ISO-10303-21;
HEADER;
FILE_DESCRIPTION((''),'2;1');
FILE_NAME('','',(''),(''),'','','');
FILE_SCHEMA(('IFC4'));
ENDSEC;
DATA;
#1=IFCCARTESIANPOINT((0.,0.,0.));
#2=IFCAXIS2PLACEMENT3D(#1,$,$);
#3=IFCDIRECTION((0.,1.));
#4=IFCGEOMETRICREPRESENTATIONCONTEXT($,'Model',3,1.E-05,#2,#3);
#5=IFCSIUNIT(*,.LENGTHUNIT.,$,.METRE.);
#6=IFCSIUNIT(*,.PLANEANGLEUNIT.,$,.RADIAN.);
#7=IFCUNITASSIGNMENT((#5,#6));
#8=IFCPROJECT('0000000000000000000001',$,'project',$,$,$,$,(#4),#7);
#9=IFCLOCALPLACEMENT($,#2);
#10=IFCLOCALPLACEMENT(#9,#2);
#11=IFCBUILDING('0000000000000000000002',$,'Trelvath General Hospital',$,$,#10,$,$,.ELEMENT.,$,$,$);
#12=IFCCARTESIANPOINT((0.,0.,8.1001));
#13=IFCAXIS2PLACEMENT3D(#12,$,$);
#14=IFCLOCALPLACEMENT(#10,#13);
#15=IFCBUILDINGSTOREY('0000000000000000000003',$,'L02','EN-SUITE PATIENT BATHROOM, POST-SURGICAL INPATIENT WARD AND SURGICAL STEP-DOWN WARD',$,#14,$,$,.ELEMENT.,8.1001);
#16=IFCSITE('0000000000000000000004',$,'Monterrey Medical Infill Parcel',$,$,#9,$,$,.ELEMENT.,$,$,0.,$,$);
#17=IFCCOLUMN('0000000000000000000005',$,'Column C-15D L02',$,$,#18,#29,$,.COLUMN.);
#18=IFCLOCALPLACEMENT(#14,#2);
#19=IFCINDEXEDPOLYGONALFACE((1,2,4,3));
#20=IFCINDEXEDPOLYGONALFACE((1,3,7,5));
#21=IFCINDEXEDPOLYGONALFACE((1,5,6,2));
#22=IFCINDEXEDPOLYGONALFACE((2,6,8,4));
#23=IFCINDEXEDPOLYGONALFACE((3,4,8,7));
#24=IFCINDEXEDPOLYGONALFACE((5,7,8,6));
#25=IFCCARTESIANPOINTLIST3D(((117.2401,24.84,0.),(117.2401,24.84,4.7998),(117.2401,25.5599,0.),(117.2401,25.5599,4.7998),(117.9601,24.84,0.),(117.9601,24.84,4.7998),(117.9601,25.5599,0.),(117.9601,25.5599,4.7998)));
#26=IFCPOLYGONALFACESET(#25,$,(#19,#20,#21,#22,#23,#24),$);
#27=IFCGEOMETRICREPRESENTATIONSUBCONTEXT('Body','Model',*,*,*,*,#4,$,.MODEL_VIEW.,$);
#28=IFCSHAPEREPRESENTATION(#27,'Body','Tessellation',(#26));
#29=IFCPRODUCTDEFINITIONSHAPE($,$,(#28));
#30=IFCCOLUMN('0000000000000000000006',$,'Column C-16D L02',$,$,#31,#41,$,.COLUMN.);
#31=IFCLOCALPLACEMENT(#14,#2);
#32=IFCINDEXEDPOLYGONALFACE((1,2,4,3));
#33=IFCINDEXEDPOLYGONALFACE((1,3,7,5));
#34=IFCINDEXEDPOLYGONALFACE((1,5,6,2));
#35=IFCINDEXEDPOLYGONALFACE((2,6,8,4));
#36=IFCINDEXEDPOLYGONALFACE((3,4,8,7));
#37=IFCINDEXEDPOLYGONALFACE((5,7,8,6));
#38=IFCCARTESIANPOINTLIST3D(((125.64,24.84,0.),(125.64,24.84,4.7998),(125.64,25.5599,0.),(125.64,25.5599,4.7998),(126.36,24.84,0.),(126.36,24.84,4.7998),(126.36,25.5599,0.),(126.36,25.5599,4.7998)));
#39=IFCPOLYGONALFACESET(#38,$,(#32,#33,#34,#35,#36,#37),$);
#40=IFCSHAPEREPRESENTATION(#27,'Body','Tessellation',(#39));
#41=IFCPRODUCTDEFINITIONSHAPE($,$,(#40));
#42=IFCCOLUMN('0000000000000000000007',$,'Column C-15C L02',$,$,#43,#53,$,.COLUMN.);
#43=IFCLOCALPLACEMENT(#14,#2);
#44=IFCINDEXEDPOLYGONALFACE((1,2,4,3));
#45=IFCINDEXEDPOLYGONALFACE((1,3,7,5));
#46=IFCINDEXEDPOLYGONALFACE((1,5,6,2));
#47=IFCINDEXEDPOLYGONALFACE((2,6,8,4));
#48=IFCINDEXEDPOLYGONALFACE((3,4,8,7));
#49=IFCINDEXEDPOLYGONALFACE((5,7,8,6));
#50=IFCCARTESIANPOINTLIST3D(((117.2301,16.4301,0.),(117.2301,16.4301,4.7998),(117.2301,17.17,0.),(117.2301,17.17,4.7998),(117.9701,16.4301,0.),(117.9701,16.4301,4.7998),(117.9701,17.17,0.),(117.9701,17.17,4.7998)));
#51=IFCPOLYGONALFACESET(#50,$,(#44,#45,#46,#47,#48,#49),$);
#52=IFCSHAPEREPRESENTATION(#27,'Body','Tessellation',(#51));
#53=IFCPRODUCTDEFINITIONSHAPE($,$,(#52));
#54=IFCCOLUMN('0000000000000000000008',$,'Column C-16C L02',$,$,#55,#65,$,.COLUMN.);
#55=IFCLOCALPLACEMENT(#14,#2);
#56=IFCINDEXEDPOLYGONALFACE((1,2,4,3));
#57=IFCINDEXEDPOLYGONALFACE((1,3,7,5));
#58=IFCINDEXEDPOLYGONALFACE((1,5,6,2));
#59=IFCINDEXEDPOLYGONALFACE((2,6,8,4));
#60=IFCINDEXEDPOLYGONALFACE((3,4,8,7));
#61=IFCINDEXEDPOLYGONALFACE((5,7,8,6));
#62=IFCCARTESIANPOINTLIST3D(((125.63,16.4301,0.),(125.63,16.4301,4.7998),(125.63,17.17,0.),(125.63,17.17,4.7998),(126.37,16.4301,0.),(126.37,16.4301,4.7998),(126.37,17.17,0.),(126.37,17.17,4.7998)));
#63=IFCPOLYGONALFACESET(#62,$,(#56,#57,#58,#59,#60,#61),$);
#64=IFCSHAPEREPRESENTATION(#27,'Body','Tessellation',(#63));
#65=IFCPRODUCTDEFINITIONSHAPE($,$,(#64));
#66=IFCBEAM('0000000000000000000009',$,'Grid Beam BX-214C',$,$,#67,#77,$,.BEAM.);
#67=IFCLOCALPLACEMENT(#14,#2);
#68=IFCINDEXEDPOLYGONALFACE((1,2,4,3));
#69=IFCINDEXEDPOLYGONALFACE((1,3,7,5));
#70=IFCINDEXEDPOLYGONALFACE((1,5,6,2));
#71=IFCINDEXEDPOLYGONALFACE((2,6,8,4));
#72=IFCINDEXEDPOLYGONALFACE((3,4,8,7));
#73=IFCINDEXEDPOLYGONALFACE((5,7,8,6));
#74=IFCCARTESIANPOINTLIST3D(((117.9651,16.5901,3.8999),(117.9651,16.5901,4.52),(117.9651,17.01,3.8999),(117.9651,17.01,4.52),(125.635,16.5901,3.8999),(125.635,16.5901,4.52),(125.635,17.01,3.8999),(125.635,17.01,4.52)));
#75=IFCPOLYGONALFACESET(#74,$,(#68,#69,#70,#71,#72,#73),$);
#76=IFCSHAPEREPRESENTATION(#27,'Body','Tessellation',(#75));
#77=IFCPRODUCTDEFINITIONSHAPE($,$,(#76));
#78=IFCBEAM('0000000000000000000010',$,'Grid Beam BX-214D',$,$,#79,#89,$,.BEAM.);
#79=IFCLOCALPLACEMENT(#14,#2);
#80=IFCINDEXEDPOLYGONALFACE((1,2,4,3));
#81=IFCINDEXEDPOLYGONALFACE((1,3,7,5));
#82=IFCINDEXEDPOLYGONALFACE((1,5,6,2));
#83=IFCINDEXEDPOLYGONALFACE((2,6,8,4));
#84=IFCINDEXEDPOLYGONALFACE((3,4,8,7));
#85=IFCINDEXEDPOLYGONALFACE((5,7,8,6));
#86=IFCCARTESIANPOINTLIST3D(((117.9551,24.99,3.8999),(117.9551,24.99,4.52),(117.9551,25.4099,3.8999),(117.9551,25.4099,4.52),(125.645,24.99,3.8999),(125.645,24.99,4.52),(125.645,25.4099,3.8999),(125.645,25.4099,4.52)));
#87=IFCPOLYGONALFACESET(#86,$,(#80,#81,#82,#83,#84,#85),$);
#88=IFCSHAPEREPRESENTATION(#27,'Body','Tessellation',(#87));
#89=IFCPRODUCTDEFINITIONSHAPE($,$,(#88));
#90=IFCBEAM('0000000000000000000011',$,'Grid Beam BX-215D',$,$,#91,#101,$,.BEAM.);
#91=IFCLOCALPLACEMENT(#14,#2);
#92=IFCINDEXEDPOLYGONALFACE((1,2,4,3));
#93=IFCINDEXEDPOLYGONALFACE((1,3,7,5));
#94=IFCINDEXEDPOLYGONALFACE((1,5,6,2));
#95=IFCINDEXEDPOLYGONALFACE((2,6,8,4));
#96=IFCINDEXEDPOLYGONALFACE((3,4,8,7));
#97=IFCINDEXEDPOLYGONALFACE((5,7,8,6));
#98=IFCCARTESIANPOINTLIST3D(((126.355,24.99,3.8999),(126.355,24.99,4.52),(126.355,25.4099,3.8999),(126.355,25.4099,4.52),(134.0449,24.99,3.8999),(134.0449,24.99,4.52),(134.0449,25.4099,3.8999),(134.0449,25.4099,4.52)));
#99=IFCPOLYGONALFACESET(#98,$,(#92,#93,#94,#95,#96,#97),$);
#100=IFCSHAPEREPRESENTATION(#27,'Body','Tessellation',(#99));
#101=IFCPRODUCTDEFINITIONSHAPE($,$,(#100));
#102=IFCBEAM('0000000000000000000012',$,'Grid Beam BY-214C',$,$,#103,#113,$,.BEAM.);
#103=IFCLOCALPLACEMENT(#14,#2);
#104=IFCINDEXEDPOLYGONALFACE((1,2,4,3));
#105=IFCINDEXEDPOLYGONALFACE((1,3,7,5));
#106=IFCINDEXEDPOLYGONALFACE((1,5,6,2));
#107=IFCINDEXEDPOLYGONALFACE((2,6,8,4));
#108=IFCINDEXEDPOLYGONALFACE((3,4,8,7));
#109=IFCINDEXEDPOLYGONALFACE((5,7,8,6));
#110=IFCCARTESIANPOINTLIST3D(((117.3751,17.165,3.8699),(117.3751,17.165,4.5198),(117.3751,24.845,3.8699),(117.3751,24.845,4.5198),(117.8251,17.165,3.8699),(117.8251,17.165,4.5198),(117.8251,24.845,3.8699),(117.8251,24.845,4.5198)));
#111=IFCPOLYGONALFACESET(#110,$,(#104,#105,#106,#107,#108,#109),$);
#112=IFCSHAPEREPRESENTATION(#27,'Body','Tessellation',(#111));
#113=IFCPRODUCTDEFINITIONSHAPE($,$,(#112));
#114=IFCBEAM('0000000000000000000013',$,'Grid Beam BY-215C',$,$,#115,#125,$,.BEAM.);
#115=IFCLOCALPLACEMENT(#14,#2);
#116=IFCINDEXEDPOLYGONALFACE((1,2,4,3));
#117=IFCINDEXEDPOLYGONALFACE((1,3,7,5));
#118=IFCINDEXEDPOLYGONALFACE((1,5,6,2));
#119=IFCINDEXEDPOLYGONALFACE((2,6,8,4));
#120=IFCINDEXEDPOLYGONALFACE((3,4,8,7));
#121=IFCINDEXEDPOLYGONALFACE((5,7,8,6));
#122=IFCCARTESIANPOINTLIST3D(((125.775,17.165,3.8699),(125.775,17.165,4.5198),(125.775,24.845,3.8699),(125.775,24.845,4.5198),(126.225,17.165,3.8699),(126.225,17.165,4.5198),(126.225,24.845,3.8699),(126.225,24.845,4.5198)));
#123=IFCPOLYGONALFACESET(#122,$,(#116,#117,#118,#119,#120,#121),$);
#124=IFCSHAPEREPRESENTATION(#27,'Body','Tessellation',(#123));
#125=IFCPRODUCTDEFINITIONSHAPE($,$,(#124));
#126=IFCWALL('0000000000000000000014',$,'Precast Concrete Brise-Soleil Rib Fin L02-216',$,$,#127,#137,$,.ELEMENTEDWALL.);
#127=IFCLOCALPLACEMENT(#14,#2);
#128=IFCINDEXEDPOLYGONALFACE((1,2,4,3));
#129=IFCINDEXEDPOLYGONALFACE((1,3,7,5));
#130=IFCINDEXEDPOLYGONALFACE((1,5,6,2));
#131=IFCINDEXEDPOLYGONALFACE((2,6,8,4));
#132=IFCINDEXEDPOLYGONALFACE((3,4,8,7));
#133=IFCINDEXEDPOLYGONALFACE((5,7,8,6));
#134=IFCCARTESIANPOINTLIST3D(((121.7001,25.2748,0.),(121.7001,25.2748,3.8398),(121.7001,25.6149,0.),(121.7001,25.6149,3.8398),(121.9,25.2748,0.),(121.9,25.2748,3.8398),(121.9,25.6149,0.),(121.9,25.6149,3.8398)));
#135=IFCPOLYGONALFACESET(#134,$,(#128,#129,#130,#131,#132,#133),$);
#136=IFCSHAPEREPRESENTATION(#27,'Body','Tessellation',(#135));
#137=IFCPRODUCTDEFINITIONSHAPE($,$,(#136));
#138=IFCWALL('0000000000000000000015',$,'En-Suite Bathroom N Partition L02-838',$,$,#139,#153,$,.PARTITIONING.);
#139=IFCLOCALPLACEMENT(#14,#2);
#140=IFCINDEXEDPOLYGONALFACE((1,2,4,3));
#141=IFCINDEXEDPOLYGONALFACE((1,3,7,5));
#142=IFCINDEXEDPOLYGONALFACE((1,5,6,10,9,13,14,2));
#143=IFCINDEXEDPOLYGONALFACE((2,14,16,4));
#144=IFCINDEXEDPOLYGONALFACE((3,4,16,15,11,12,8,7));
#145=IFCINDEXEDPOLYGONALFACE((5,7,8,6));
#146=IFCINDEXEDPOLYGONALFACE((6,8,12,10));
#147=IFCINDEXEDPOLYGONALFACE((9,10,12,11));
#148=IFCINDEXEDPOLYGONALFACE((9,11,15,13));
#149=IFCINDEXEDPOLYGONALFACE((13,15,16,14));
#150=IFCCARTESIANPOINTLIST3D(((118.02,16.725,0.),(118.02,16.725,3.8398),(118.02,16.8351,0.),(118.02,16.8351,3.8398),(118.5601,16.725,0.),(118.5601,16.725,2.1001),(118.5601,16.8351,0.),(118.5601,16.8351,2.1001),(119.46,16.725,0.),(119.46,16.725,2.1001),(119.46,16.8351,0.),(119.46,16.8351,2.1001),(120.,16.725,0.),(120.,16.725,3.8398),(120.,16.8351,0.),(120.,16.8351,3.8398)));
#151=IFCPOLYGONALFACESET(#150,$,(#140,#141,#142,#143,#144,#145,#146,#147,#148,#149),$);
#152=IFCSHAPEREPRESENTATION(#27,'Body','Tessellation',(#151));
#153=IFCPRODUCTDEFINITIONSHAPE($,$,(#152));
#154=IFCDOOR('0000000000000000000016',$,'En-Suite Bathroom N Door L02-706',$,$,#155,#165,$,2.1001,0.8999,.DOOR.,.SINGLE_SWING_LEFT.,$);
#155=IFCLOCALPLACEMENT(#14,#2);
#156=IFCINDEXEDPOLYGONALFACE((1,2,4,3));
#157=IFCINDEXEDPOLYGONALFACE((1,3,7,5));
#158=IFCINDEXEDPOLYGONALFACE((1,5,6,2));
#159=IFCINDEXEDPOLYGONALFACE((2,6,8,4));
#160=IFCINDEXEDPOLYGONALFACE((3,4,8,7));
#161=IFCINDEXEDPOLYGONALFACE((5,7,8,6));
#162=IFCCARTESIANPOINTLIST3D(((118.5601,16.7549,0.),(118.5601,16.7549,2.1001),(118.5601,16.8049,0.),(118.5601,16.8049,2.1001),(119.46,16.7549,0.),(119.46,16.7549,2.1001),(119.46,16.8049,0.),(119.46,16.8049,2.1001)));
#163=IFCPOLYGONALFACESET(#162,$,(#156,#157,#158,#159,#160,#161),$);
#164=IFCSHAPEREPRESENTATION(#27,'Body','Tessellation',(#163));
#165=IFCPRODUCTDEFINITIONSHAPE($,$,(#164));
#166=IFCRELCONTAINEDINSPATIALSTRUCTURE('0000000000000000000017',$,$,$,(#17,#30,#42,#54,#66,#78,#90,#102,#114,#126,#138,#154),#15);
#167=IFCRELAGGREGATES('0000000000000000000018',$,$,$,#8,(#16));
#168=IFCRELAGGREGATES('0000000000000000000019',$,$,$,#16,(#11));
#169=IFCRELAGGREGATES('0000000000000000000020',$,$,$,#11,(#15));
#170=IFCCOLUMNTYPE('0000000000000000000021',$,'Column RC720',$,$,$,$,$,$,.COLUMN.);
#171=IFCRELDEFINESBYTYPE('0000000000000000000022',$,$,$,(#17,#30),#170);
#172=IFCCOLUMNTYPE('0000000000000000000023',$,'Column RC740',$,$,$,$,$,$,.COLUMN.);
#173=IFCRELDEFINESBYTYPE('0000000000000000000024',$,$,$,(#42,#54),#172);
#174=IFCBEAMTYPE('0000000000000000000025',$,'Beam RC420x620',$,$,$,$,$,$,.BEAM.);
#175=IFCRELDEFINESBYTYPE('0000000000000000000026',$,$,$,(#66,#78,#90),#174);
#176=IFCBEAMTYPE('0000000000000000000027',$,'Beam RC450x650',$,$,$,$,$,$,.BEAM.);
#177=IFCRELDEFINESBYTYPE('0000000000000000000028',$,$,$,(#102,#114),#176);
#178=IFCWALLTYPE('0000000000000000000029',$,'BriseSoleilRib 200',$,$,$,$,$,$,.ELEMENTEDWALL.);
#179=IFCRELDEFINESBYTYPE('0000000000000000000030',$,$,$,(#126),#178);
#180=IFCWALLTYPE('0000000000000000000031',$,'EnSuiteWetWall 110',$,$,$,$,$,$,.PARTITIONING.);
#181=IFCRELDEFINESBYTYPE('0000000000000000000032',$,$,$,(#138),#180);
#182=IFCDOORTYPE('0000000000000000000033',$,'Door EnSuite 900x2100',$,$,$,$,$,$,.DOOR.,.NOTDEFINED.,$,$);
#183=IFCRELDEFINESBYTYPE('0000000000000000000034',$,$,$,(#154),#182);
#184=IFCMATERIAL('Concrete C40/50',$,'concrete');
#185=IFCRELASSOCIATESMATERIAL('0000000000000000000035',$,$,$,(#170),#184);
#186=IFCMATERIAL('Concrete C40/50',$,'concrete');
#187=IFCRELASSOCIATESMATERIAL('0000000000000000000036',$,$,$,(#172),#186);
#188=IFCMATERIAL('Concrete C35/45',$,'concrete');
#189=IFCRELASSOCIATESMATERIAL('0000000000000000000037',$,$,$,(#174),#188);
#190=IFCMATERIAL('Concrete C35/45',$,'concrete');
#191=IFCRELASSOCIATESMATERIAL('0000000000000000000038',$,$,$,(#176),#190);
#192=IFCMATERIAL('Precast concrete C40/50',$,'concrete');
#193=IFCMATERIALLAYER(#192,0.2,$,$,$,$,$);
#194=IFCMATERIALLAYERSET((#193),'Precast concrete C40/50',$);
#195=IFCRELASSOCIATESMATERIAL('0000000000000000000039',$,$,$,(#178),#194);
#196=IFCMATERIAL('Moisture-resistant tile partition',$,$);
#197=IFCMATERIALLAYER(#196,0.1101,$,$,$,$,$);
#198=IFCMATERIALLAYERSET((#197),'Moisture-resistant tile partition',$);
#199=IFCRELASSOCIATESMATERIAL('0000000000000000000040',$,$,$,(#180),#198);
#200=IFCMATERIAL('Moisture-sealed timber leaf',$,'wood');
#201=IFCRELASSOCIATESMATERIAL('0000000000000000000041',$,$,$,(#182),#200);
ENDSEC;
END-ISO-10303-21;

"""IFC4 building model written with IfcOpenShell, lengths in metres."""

from ifc_helpers import new_model, si_unit, direction, frame, frame_2d, origin, origin_2d, place, context, subcontext, project, spatial, rectangle, extrude, material, layer, layer_set, material_profile, profile_set, type_object, element, fill, save


model = new_model("IFC4")

# Units and contexts
model_context = context("Model", 3, precision=1e-05, world=origin(), true_north=direction((0.0, 1.0)))
body_context = subcontext(model_context, "Body", "Model", "MODEL_VIEW")
ifc_project = project(units=[si_unit("LENGTHUNIT", "METRE"), si_unit("PLANEANGLEUNIT", "RADIAN")], contexts=[model_context])

# Site, building, storey
site_placement = place(None, origin())
site = spatial("IfcSite", under=ifc_project, at=site_placement, Name="Monterrey Medical Infill Parcel", CompositionType="ELEMENT", RefElevation=0.0)
building_placement = place(site_placement, origin())
building = spatial("IfcBuilding", under=site, at=building_placement, Name="Trelvath General Hospital", CompositionType="ELEMENT")
storey_placement = place(building_placement, frame((0.0, 0.0, 8.1001)))
storey = spatial("IfcBuildingStorey", under=building, at=storey_placement, Name="L02", Description="EN-SUITE PATIENT BATHROOM, POST-SURGICAL INPATIENT WARD AND SURGICAL STEP-DOWN WARD", CompositionType="ELEMENT", Elevation=8.1001)

# Columns
ifc_material_1 = material(Name="Concrete C40/50", Category="concrete")
ifc_material_profile_1 = material_profile(ifc_material_1, rectangle(XDim=0.72, YDim=0.72, at=origin_2d()), Name="RC720x720")
ifc_profile_set_1 = profile_set([ifc_material_profile_1], Name="Concrete C40/50")
column_type_1 = type_object("IfcColumnType", Name="Column RC720", PredefinedType="COLUMN", material=ifc_profile_set_1)
for number, where, z_axis, x_axis, name in (
    (1, (117.6001, 25.2, 0.0), (0.0, 0.0, 1.0), (1.0, 0.0, 0.0), "Column C-15D L02"),
    (2, (126.0, 25.2, 0.0), (0.0, 0.0, 1.0), (1.0, 0.0, 0.0), "Column C-16D L02"),
):
    element("IfcColumn", number, at=place(storey_placement, frame(where, z_axis=z_axis, x_axis=x_axis)), inside=storey, type_object=column_type_1, Name=name, PredefinedType="COLUMN", context=body_context, shape_type="SweptSolid", body=[
        extrude(rectangle(XDim=0.72, YDim=0.72, at=origin_2d()), origin(), (0.0, 0.0, 1.0), 4.7998),
    ])
ifc_material_2 = material(Name="Concrete C40/50", Category="concrete")
ifc_material_profile_2 = material_profile(ifc_material_2, rectangle(XDim=0.74, YDim=0.74, at=origin_2d()), Name="RC740x740")
ifc_profile_set_2 = profile_set([ifc_material_profile_2], Name="Concrete C40/50")
column_type_2 = type_object("IfcColumnType", Name="Column RC740", PredefinedType="COLUMN", material=ifc_profile_set_2)
for number, where, z_axis, x_axis, name in (
    (3, (117.6001, 16.8, 0.0), (0.0, 0.0, 1.0), (1.0, 0.0, 0.0), "Column C-15C L02"),
    (4, (126.0, 16.8, 0.0), (0.0, 0.0, 1.0), (1.0, 0.0, 0.0), "Column C-16C L02"),
):
    element("IfcColumn", number, at=place(storey_placement, frame(where, z_axis=z_axis, x_axis=x_axis)), inside=storey, type_object=column_type_2, Name=name, PredefinedType="COLUMN", context=body_context, shape_type="SweptSolid", body=[
        extrude(rectangle(XDim=0.74, YDim=0.74, at=origin_2d()), origin(), (0.0, 0.0, 1.0), 4.7998),
    ])

# Beams
ifc_material_3 = material(Name="Concrete C35/45", Category="concrete")
ifc_material_profile_3 = material_profile(ifc_material_3, rectangle(XDim=0.4199, YDim=0.6201, at=origin_2d()), Name="RCB420x620")
ifc_profile_set_3 = profile_set([ifc_material_profile_3], Name="Concrete C35/45")
beam_type_1 = type_object("IfcBeamType", Name="Beam RC420x620", PredefinedType="BEAM", material=ifc_profile_set_3)
beam_placement = place(storey_placement, frame((117.9651, 16.8, 4.21), z_axis=(1.0, 0.0, 0.0), x_axis=(0.0, 1.0, 0.0)))
element("IfcBeam", 5, at=beam_placement, inside=storey, type_object=beam_type_1, Name="Grid Beam BX-214C", PredefinedType="BEAM", context=body_context, shape_type="SweptSolid", body=[
    extrude(rectangle(XDim=0.4199, YDim=0.6201, at=origin_2d()), origin(), (0.0, 0.0, 1.0), 7.6699),
])
for number, where, z_axis, x_axis, name in (
    (6, (117.9551, 25.2, 4.21), (1.0, 0.0, 0.0), (0.0, 1.0, 0.0), "Grid Beam BX-214D"),
    (7, (126.355, 25.2, 4.21), (1.0, 0.0, 0.0), (0.0, 1.0, 0.0), "Grid Beam BX-215D"),
):
    element("IfcBeam", number, at=place(storey_placement, frame(where, z_axis=z_axis, x_axis=x_axis)), inside=storey, type_object=beam_type_1, Name=name, PredefinedType="BEAM", context=body_context, shape_type="SweptSolid", body=[
        extrude(rectangle(XDim=0.4199, YDim=0.6201, at=origin_2d()), origin(), (0.0, 0.0, 1.0), 7.6899),
    ])
ifc_material_4 = material(Name="Concrete C35/45", Category="concrete")
ifc_material_profile_4 = material_profile(ifc_material_4, rectangle(XDim=0.45, YDim=0.6499, at=origin_2d()), Name="RCB450x650")
ifc_profile_set_4 = profile_set([ifc_material_profile_4], Name="Concrete C35/45")
beam_type_2 = type_object("IfcBeamType", Name="Beam RC450x650", PredefinedType="BEAM", material=ifc_profile_set_4)
for number, where, z_axis, x_axis, name in (
    (8, (117.6001, 17.165, 4.1948), (0.0, 1.0, 0.0), (-1.0, 0.0, 0.0), "Grid Beam BY-214C"),
    (9, (126.0, 17.165, 4.1948), (0.0, 1.0, 0.0), (-1.0, 0.0, 0.0), "Grid Beam BY-215C"),
):
    element("IfcBeam", number, at=place(storey_placement, frame(where, z_axis=z_axis, x_axis=x_axis)), inside=storey, type_object=beam_type_2, Name=name, PredefinedType="BEAM", context=body_context, shape_type="SweptSolid", body=[
        extrude(rectangle(XDim=0.45, YDim=0.6499, at=origin_2d()), origin(), (0.0, 0.0, 1.0), 7.6799),
    ])

# Wall
ifc_material_5 = material(Name="Precast concrete C40/50", Category="concrete")
ifc_layer_1 = layer(ifc_material_5, 0.2)
ifc_layer_set_1 = layer_set([ifc_layer_1], Name="Precast concrete C40/50")
wall_type_1 = type_object("IfcWallType", Name="BriseSoleilRib 200", PredefinedType="ELEMENTEDWALL", material=ifc_layer_set_1)
wall_1_placement = place(storey_placement, frame((121.8, 25.2749, 0.0), z_axis=(0.0, 0.0, 1.0), x_axis=(0.0, 1.0, 0.0)))
element("IfcWall", 10, at=wall_1_placement, inside=storey, type_object=wall_type_1, Name="Precast Concrete Brise-Soleil Rib Fin L02-216", PredefinedType="ELEMENTEDWALL", context=body_context, shape_type="SweptSolid", body=[
    extrude(rectangle(XDim=0.3401, YDim=0.2, at=frame_2d((0.1699, 0.0))), origin(), (0.0, 0.0, 1.0), 3.8398),
])

# Wall, opening, door
ifc_material_6 = material(Name="Moisture-resistant tile partition")
ifc_layer_2 = layer(ifc_material_6, 0.1101)
ifc_layer_set_2 = layer_set([ifc_layer_2], Name="Moisture-resistant tile partition")
wall_type_2 = type_object("IfcWallType", Name="EnSuiteWetWall 110", PredefinedType="PARTITIONING", material=ifc_layer_set_2)
wall_2_placement = place(storey_placement, frame((118.02, 16.78, 0.0), z_axis=(0.0, 0.0, 1.0), x_axis=(1.0, 0.0, 0.0)))
wall_2 = element("IfcWall", 11, at=wall_2_placement, inside=storey, type_object=wall_type_2, Name="En-Suite Bathroom N Partition L02-838", PredefinedType="PARTITIONING", context=body_context, shape_type="SweptSolid", body=[
    extrude(rectangle(XDim=1.98, YDim=0.1101, at=frame_2d((0.99, 0.0))), origin(), (0.0, 0.0, 1.0), 3.8398),
])
opening_1_placement = place(wall_2_placement, frame((0.54, 0.0, 0.0)))
opening_1 = element("IfcOpeningElement", 12, at=opening_1_placement, cuts=wall_2, PredefinedType="OPENING", context=body_context, shape_type="SweptSolid", body=[
    extrude(rectangle(XDim=0.8999, YDim=2.1001, at=frame_2d((0.45, 1.05))), frame((0.0, 0.0649, 0.0), z_axis=(0.0, -1.0, 0.0), x_axis=(1.0, 0.0, 0.0)), (0.0, 0.0, 1.0), 0.1301),
])
ifc_material_7 = material(Name="Moisture-sealed timber leaf", Category="wood")
door_type = type_object("IfcDoorType", Name="Door EnSuite 900x2100", OperationType="NOTDEFINED", PredefinedType="DOOR", material=ifc_material_7)
door_1_placement = place(opening_1_placement, origin())
door_1 = element("IfcDoor", 13, at=door_1_placement, inside=storey, type_object=door_type, Name="En-Suite Bathroom N Door L02-706", OperationType="SINGLE_SWING_LEFT", OverallHeight=2.1001, OverallWidth=0.8999, PredefinedType="DOOR", context=body_context, shape_type="SweptSolid", body=[
    extrude(rectangle(XDim=0.8999, YDim=2.1001, at=frame_2d((0.45, 1.05))), frame((0.0, 0.0249, 0.0), z_axis=(0.0, -1.0, 0.0), x_axis=(1.0, 0.0, 0.0)), (0.0, 0.0, 1.0), 0.05),
])
fill(opening_1, door_1)

save(model, "model.ifc")
